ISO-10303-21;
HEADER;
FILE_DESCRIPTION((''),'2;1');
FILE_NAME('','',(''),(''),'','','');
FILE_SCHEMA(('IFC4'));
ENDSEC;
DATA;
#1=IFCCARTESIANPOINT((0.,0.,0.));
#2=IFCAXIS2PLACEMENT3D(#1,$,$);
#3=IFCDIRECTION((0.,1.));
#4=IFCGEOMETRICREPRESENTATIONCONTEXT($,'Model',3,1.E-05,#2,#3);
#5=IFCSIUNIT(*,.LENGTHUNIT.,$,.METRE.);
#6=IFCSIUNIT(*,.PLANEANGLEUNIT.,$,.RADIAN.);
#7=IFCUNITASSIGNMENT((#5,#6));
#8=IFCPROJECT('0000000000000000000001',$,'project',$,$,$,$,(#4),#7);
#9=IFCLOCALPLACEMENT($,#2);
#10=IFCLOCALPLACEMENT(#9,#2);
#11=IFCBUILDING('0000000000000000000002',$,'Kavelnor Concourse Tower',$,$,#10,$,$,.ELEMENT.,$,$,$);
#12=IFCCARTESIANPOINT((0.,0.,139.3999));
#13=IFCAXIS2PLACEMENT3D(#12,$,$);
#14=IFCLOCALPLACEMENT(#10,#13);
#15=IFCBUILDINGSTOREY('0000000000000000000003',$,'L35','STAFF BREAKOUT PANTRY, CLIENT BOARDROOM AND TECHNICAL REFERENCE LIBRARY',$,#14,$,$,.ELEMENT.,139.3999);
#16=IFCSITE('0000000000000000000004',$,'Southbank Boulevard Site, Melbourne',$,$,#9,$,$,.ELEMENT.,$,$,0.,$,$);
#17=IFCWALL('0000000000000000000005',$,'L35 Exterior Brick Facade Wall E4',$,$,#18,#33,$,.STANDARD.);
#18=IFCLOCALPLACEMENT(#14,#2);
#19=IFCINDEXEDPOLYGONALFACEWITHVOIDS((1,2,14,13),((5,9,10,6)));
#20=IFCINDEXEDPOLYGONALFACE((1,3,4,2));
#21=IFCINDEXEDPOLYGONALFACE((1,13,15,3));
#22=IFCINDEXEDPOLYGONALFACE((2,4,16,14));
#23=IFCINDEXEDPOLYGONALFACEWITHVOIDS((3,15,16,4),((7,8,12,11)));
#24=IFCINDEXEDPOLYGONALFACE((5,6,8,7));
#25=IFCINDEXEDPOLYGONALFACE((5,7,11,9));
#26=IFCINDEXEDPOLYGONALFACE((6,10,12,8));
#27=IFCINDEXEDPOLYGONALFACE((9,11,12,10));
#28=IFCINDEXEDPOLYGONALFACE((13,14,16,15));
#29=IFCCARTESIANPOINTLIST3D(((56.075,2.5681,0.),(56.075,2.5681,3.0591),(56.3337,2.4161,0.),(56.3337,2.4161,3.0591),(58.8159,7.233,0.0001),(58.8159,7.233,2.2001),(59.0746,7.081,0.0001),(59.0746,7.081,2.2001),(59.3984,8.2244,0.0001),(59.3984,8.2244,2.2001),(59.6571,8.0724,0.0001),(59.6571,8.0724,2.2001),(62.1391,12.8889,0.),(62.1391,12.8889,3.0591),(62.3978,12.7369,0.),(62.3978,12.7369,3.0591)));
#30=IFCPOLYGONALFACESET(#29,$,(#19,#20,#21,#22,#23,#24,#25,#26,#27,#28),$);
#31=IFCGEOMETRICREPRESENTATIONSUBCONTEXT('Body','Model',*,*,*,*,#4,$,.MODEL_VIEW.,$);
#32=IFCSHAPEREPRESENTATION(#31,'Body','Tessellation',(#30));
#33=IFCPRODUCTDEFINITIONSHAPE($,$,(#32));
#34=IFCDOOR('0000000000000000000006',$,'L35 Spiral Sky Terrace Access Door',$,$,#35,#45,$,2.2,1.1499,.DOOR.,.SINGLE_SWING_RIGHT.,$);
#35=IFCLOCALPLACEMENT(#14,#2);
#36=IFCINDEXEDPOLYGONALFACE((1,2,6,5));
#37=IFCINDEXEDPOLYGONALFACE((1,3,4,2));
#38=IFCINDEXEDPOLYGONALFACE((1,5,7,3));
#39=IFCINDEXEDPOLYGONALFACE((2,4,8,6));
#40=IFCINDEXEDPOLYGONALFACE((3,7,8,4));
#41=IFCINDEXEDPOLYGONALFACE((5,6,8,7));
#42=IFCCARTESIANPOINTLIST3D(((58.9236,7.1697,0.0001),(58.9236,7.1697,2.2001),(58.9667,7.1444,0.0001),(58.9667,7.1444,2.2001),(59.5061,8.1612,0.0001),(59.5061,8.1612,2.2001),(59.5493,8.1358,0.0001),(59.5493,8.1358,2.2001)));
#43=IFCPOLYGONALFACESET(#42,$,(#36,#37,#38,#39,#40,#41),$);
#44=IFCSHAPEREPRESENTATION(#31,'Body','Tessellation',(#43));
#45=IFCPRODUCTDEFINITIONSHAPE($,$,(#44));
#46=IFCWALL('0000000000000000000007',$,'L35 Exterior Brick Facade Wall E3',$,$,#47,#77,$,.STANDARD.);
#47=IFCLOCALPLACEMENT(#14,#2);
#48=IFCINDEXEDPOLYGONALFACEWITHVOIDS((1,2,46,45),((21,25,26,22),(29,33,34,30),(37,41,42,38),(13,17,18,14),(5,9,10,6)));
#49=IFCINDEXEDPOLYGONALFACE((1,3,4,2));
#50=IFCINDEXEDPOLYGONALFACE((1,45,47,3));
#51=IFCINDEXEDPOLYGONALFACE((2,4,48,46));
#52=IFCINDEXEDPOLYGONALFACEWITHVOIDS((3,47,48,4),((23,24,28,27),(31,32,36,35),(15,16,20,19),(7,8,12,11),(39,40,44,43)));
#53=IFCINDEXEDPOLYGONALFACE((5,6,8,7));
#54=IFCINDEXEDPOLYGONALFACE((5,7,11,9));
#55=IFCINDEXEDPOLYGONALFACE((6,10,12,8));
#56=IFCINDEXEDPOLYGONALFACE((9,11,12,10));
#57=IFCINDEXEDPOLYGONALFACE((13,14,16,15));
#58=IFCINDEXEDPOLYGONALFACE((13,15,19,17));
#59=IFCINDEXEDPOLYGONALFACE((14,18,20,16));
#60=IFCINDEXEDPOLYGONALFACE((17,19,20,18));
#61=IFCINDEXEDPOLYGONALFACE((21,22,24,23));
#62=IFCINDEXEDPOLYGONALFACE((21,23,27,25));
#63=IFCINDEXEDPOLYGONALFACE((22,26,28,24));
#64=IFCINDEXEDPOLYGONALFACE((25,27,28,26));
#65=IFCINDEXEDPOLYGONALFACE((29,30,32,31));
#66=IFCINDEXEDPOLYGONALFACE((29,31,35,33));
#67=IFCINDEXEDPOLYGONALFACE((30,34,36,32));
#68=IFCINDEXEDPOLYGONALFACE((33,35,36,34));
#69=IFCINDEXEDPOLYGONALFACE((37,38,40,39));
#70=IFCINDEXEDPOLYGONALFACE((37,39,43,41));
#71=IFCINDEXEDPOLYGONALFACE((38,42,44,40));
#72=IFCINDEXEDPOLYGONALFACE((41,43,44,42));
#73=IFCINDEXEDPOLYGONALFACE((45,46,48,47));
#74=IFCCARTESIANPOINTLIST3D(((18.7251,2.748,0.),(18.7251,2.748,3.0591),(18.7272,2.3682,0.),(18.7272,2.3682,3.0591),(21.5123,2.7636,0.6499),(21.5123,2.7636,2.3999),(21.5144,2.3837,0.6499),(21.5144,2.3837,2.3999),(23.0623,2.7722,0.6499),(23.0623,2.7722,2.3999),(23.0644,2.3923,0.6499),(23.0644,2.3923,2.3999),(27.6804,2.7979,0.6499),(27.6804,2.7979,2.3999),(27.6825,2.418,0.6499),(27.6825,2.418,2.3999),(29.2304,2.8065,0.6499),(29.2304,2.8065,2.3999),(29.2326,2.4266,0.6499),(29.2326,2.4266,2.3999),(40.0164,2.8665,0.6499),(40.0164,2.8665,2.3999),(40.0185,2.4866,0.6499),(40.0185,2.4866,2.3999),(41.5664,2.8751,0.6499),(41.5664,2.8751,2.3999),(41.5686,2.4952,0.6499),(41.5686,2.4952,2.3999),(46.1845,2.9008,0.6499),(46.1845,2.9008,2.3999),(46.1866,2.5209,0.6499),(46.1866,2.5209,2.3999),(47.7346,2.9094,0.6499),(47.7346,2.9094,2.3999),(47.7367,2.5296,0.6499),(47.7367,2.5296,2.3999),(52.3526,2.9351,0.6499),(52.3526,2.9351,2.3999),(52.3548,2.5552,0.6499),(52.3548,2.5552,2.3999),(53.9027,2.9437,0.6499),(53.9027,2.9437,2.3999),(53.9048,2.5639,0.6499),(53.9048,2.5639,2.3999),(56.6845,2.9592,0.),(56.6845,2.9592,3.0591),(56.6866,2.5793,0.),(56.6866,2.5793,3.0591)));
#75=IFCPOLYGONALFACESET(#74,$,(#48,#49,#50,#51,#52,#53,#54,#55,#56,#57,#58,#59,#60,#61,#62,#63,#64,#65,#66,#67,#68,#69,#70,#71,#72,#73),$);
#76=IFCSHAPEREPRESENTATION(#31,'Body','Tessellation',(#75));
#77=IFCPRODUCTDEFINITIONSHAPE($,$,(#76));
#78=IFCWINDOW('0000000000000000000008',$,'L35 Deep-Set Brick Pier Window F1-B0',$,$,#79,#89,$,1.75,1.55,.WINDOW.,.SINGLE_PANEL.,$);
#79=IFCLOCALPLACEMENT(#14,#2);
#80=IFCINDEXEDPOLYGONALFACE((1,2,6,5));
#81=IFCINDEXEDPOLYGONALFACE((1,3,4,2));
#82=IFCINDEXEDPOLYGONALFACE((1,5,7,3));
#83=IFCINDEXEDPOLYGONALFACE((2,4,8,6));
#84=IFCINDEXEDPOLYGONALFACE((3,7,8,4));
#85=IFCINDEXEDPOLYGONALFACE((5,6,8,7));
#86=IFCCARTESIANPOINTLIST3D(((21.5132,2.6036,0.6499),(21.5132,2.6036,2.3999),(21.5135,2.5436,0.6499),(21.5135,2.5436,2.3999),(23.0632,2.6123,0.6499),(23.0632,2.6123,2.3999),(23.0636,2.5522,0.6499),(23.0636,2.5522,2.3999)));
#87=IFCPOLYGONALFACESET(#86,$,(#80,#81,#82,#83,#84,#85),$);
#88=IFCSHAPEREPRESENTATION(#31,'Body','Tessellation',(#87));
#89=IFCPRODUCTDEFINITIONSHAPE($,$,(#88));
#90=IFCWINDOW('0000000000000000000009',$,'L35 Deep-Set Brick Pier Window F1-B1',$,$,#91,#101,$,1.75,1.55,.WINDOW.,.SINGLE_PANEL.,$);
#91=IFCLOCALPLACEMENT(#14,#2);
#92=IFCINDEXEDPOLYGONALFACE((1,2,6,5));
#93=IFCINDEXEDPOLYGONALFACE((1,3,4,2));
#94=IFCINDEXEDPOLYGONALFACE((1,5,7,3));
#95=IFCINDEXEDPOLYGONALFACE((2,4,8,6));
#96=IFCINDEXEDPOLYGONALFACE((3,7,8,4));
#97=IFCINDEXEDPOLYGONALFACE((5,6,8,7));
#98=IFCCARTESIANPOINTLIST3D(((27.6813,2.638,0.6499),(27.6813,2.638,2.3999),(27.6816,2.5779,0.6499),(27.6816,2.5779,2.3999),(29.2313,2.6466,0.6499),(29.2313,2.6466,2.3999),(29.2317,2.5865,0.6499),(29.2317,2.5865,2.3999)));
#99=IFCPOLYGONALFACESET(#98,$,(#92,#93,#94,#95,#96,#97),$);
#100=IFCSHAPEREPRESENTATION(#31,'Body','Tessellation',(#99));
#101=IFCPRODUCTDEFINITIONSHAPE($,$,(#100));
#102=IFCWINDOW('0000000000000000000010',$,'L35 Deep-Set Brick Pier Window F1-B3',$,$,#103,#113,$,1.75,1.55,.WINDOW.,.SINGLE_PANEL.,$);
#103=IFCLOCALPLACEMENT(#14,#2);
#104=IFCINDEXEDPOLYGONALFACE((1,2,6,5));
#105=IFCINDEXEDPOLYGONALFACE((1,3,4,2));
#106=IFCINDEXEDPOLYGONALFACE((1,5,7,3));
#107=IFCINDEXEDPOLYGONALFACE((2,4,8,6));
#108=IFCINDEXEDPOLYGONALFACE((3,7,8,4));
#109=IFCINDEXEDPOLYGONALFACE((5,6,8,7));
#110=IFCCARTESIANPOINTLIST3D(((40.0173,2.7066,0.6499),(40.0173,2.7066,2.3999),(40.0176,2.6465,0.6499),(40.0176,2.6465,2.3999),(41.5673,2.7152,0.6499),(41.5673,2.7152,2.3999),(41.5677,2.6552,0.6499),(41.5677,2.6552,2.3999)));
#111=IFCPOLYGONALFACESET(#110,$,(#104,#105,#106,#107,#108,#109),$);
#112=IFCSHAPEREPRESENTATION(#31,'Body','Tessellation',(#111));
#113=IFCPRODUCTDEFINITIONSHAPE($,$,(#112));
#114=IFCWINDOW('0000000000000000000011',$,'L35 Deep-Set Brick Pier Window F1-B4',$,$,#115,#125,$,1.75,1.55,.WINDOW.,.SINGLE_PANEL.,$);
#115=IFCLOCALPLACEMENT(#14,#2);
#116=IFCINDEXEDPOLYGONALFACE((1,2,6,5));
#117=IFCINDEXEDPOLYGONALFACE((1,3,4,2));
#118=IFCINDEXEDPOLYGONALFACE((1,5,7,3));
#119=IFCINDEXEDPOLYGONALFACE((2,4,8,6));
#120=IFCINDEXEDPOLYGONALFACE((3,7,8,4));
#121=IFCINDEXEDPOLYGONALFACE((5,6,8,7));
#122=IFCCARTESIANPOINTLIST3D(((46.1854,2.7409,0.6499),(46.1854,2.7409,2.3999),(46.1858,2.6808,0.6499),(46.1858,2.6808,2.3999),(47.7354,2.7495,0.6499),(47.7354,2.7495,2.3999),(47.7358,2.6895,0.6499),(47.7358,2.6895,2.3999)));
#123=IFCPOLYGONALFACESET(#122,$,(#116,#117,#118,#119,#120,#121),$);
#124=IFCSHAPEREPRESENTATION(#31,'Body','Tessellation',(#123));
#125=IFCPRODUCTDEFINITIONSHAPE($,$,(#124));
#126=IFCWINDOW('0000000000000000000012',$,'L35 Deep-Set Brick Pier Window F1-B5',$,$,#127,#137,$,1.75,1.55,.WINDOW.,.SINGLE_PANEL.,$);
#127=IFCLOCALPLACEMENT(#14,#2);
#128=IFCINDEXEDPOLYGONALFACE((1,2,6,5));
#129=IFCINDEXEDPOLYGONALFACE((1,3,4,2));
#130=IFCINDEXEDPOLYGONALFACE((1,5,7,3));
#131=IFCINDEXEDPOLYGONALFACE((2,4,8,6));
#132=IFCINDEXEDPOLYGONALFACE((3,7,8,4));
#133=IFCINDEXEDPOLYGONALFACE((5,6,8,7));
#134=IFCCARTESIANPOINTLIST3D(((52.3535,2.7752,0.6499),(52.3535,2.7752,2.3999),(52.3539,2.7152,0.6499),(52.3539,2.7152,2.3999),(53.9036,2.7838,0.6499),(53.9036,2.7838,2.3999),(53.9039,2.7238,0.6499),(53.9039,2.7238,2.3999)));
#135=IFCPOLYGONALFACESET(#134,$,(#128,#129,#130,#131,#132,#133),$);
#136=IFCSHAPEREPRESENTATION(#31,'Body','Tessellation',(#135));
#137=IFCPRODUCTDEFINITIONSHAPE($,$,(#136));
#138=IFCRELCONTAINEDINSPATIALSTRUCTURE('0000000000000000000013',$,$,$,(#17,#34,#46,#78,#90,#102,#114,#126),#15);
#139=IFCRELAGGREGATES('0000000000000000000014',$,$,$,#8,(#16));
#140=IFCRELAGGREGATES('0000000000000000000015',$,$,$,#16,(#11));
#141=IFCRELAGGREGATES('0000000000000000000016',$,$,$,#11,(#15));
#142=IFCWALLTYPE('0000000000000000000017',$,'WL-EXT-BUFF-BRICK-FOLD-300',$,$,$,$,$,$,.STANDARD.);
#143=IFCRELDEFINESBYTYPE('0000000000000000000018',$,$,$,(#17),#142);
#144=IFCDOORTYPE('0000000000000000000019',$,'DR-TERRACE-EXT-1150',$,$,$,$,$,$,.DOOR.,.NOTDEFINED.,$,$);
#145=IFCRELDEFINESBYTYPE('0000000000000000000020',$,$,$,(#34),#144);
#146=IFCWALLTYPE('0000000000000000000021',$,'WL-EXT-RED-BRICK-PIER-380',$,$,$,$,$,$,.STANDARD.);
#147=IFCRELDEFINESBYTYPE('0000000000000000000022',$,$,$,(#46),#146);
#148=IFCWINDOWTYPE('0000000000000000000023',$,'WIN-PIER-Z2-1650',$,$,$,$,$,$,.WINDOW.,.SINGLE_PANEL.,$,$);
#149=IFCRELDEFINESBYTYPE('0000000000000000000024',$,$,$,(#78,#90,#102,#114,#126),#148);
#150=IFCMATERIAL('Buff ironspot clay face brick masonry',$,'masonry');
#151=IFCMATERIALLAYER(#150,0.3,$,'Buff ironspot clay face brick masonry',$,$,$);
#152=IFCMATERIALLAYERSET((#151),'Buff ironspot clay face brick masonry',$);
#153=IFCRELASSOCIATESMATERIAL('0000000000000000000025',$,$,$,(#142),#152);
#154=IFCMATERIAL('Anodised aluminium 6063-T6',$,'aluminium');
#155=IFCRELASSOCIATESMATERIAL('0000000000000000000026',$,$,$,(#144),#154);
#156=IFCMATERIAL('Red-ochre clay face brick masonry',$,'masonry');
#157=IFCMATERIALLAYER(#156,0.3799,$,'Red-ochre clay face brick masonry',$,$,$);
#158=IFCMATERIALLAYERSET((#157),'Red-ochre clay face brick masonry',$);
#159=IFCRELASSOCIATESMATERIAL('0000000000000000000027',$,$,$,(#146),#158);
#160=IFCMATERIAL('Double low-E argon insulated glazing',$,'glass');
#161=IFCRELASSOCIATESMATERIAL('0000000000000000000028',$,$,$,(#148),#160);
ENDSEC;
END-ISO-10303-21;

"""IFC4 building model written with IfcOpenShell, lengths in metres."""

from ifc_helpers import new_model, si_unit, direction, frame, frame_2d, origin, place, context, subcontext, project, spatial, rectangle, extrude, material, layer, layer_set, type_object, element, fill, save


model = new_model("IFC4")

# Units and contexts
model_context = context("Model", 3, precision=1e-05, world=origin(), true_north=direction((0.0, 1.0)))
body_context = subcontext(model_context, "Body", "Model", "MODEL_VIEW")
ifc_project = project(units=[si_unit("LENGTHUNIT", "METRE"), si_unit("PLANEANGLEUNIT", "RADIAN")], contexts=[model_context])

# Site, building, storey
site_placement = place(None, origin())
site = spatial("IfcSite", under=ifc_project, at=site_placement, Name="Southbank Boulevard Site, Melbourne", CompositionType="ELEMENT", RefElevation=0.0)
building_placement = place(site_placement, origin())
building = spatial("IfcBuilding", under=site, at=building_placement, Name="Kavelnor Concourse Tower", CompositionType="ELEMENT")
storey_placement = place(building_placement, frame((0.0, 0.0, 139.3999)))
storey = spatial("IfcBuildingStorey", under=building, at=storey_placement, Name="L35", Description="STAFF BREAKOUT PANTRY, CLIENT BOARDROOM AND TECHNICAL REFERENCE LIBRARY", CompositionType="ELEMENT", Elevation=139.3999)

# Wall, opening, door
ifc_material_1 = material(Name="Buff ironspot clay face brick masonry", Category="masonry")
ifc_layer_1 = layer(ifc_material_1, 0.3, Name="Buff ironspot clay face brick masonry")
ifc_layer_set_1 = layer_set([ifc_layer_1], Name="Buff ironspot clay face brick masonry")
wall_type_1 = type_object("IfcWallType", Name="WL-EXT-BUFF-BRICK-FOLD-300", PredefinedType="STANDARD", material=ifc_layer_set_1)
wall_1_placement = place(storey_placement, frame((62.2686, 12.813, 0.0), z_axis=(0.0, 0.0, 1.0), x_axis=(-0.506595, -0.862184, 0.0)))
wall_1 = element("IfcWall", 1, at=wall_1_placement, inside=storey, type_object=wall_type_1, Name="L35 Exterior Brick Facade Wall E4", PredefinedType="STANDARD", context=body_context, shape_type="SweptSolid", body=[
    extrude(rectangle(XDim=11.9705, YDim=0.3, at=frame_2d((5.9854, 0.0))), origin(), (0.0, 0.0, 1.0), 3.0591),
])
opening_1_placement = place(wall_1_placement, frame((5.4102, 0.0, 0.0)))
opening_1 = element("IfcOpeningElement", 2, at=opening_1_placement, cuts=wall_1, PredefinedType="OPENING", context=body_context, shape_type="SweptSolid", body=[
    extrude(rectangle(XDim=1.1499, YDim=2.2, at=frame_2d((0.575, 1.1001))), frame((0.0, 0.1602, 0.0), z_axis=(0.0, -1.0, 0.0), x_axis=(1.0, 0.0, 0.0)), (0.0, 0.0, 1.0), 0.3201),
])
ifc_material_2 = material(Name="Anodised aluminium 6063-T6", Category="aluminium")
door_type_1 = type_object("IfcDoorType", Name="DR-TERRACE-EXT-1150", OperationType="NOTDEFINED", PredefinedType="DOOR", material=ifc_material_2)
door_1_placement = place(opening_1_placement, origin())
door_1 = element("IfcDoor", 3, at=door_1_placement, inside=storey, type_object=door_type_1, Name="L35 Spiral Sky Terrace Access Door", OperationType="SINGLE_SWING_RIGHT", OverallHeight=2.2, OverallWidth=1.1499, PredefinedType="DOOR", context=body_context, shape_type="SweptSolid", body=[
    extrude(rectangle(XDim=1.1499, YDim=2.2, at=frame_2d((0.575, 1.1001))), frame((0.0, 0.0249, 0.0), z_axis=(0.0, -1.0, 0.0), x_axis=(1.0, 0.0, 0.0)), (0.0, 0.0, 1.0), 0.05),
])
fill(opening_1, door_1)

# Wall, openings, windows
ifc_material_3 = material(Name="Red-ochre clay face brick masonry", Category="masonry")
ifc_layer_2 = layer(ifc_material_3, 0.3799, Name="Red-ochre clay face brick masonry")
ifc_layer_set_2 = layer_set([ifc_layer_2], Name="Red-ochre clay face brick masonry")
wall_type_2 = type_object("IfcWallType", Name="WL-EXT-RED-BRICK-PIER-380", PredefinedType="STANDARD", material=ifc_layer_set_2)
wall_2_placement = place(storey_placement, frame((56.6855, 2.7693, 0.0), z_axis=(0.0, 0.0, 1.0), x_axis=(-0.999985, -0.005563, 0.0)))
wall_2 = element("IfcWall", 4, at=wall_2_placement, inside=storey, type_object=wall_type_2, Name="L35 Exterior Brick Facade Wall E3", PredefinedType="STANDARD", context=body_context, shape_type="SweptSolid", body=[
    extrude(rectangle(XDim=37.96, YDim=0.3799, at=frame_2d((18.98, 0.0))), origin(), (0.0, 0.0, 1.0), 3.0591),
])
opening_2_placement = place(wall_2_placement, frame((33.6228, 0.0, 0.6499)))
opening_2 = element("IfcOpeningElement", 5, at=opening_2_placement, cuts=wall_2, PredefinedType="OPENING", context=body_context, shape_type="SweptSolid", body=[
    extrude(rectangle(XDim=1.55, YDim=1.75, at=frame_2d((0.7749, 0.875))), frame((0.0, 0.2, 0.0), z_axis=(0.0, -1.0, 0.0), x_axis=(1.0, 0.0, 0.0)), (0.0, 0.0, 1.0), 0.3999),
])
opening_3_placement = place(wall_2_placement, frame((27.4546, 0.0, 0.6499)))
opening_3 = element("IfcOpeningElement", 6, at=opening_3_placement, cuts=wall_2, PredefinedType="OPENING", context=body_context, shape_type="SweptSolid", body=[
    extrude(rectangle(XDim=1.55, YDim=1.75, at=frame_2d((0.7749, 0.875))), frame((0.0, 0.2, 0.0), z_axis=(0.0, -1.0, 0.0), x_axis=(1.0, 0.0, 0.0)), (0.0, 0.0, 1.0), 0.3999),
])
opening_4_placement = place(wall_2_placement, frame((15.1184, 0.0, 0.6499)))
opening_4 = element("IfcOpeningElement", 7, at=opening_4_placement, cuts=wall_2, PredefinedType="OPENING", context=body_context, shape_type="SweptSolid", body=[
    extrude(rectangle(XDim=1.55, YDim=1.75, at=frame_2d((0.7749, 0.875))), frame((0.0, 0.2, 0.0), z_axis=(0.0, -1.0, 0.0), x_axis=(1.0, 0.0, 0.0)), (0.0, 0.0, 1.0), 0.3999),
])
opening_5_placement = place(wall_2_placement, frame((8.9502, 0.0, 0.6499)))
opening_5 = element("IfcOpeningElement", 8, at=opening_5_placement, cuts=wall_2, PredefinedType="OPENING", context=body_context, shape_type="SweptSolid", body=[
    extrude(rectangle(XDim=1.55, YDim=1.75, at=frame_2d((0.7749, 0.875))), frame((0.0, 0.2, 0.0), z_axis=(0.0, -1.0, 0.0), x_axis=(1.0, 0.0, 0.0)), (0.0, 0.0, 1.0), 0.3999),
])
opening_6_placement = place(wall_2_placement, frame((2.782, 0.0, 0.6499)))
opening_6 = element("IfcOpeningElement", 9, at=opening_6_placement, cuts=wall_2, PredefinedType="OPENING", context=body_context, shape_type="SweptSolid", body=[
    extrude(rectangle(XDim=1.55, YDim=1.75, at=frame_2d((0.7749, 0.875))), frame((0.0, 0.2, 0.0), z_axis=(0.0, -1.0, 0.0), x_axis=(1.0, 0.0, 0.0)), (0.0, 0.0, 1.0), 0.3999),
])
ifc_material_4 = material(Name="Double low-E argon insulated glazing", Category="glass")
window_type = type_object("IfcWindowType", Name="WIN-PIER-Z2-1650", PartitioningType="SINGLE_PANEL", PredefinedType="WINDOW", material=ifc_material_4)
window_1_placement = place(opening_2_placement, origin())
window_1 = element("IfcWindow", 10, at=window_1_placement, inside=storey, type_object=window_type, Name="L35 Deep-Set Brick Pier Window F1-B0", OverallHeight=1.75, OverallWidth=1.55, PartitioningType="SINGLE_PANEL", PredefinedType="WINDOW", context=body_context, shape_type="SweptSolid", body=[
    extrude(rectangle(XDim=1.55, YDim=1.75, at=frame_2d((0.7749, 0.875))), frame((0.0, 0.03, 0.0), z_axis=(0.0, -1.0, 0.0), x_axis=(1.0, 0.0, 0.0)), (0.0, 0.0, 1.0), 0.0601),
])
fill(opening_2, window_1)
window_2_placement = place(opening_3_placement, origin())
window_2 = element("IfcWindow", 11, at=window_2_placement, inside=storey, type_object=window_type, Name="L35 Deep-Set Brick Pier Window F1-B1", OverallHeight=1.75, OverallWidth=1.55, PartitioningType="SINGLE_PANEL", PredefinedType="WINDOW", context=body_context, shape_type="SweptSolid", body=[
    extrude(rectangle(XDim=1.55, YDim=1.75, at=frame_2d((0.7749, 0.875))), frame((0.0, 0.03, 0.0), z_axis=(0.0, -1.0, 0.0), x_axis=(1.0, 0.0, 0.0)), (0.0, 0.0, 1.0), 0.0601),
])
fill(opening_3, window_2)
window_3_placement = place(opening_4_placement, origin())
window_3 = element("IfcWindow", 12, at=window_3_placement, inside=storey, type_object=window_type, Name="L35 Deep-Set Brick Pier Window F1-B3", OverallHeight=1.75, OverallWidth=1.55, PartitioningType="SINGLE_PANEL", PredefinedType="WINDOW", context=body_context, shape_type="SweptSolid", body=[
    extrude(rectangle(XDim=1.55, YDim=1.75, at=frame_2d((0.7749, 0.875))), frame((0.0, 0.03, 0.0), z_axis=(0.0, -1.0, 0.0), x_axis=(1.0, 0.0, 0.0)), (0.0, 0.0, 1.0), 0.0601),
])
fill(opening_4, window_3)
window_4_placement = place(opening_5_placement, origin())
window_4 = element("IfcWindow", 13, at=window_4_placement, inside=storey, type_object=window_type, Name="L35 Deep-Set Brick Pier Window F1-B4", OverallHeight=1.75, OverallWidth=1.55, PartitioningType="SINGLE_PANEL", PredefinedType="WINDOW", context=body_context, shape_type="SweptSolid", body=[
    extrude(rectangle(XDim=1.55, YDim=1.75, at=frame_2d((0.7749, 0.875))), frame((0.0, 0.03, 0.0), z_axis=(0.0, -1.0, 0.0), x_axis=(1.0, 0.0, 0.0)), (0.0, 0.0, 1.0), 0.0601),
])
fill(opening_5, window_4)
window_5_placement = place(opening_6_placement, origin())
window_5 = element("IfcWindow", 14, at=window_5_placement, inside=storey, type_object=window_type, Name="L35 Deep-Set Brick Pier Window F1-B5", OverallHeight=1.75, OverallWidth=1.55, PartitioningType="SINGLE_PANEL", PredefinedType="WINDOW", context=body_context, shape_type="SweptSolid", body=[
    extrude(rectangle(XDim=1.55, YDim=1.75, at=frame_2d((0.7749, 0.875))), frame((0.0, 0.03, 0.0), z_axis=(0.0, -1.0, 0.0), x_axis=(1.0, 0.0, 0.0)), (0.0, 0.0, 1.0), 0.0601),
])
fill(opening_6, window_5)

save(model, "model.ifc")
